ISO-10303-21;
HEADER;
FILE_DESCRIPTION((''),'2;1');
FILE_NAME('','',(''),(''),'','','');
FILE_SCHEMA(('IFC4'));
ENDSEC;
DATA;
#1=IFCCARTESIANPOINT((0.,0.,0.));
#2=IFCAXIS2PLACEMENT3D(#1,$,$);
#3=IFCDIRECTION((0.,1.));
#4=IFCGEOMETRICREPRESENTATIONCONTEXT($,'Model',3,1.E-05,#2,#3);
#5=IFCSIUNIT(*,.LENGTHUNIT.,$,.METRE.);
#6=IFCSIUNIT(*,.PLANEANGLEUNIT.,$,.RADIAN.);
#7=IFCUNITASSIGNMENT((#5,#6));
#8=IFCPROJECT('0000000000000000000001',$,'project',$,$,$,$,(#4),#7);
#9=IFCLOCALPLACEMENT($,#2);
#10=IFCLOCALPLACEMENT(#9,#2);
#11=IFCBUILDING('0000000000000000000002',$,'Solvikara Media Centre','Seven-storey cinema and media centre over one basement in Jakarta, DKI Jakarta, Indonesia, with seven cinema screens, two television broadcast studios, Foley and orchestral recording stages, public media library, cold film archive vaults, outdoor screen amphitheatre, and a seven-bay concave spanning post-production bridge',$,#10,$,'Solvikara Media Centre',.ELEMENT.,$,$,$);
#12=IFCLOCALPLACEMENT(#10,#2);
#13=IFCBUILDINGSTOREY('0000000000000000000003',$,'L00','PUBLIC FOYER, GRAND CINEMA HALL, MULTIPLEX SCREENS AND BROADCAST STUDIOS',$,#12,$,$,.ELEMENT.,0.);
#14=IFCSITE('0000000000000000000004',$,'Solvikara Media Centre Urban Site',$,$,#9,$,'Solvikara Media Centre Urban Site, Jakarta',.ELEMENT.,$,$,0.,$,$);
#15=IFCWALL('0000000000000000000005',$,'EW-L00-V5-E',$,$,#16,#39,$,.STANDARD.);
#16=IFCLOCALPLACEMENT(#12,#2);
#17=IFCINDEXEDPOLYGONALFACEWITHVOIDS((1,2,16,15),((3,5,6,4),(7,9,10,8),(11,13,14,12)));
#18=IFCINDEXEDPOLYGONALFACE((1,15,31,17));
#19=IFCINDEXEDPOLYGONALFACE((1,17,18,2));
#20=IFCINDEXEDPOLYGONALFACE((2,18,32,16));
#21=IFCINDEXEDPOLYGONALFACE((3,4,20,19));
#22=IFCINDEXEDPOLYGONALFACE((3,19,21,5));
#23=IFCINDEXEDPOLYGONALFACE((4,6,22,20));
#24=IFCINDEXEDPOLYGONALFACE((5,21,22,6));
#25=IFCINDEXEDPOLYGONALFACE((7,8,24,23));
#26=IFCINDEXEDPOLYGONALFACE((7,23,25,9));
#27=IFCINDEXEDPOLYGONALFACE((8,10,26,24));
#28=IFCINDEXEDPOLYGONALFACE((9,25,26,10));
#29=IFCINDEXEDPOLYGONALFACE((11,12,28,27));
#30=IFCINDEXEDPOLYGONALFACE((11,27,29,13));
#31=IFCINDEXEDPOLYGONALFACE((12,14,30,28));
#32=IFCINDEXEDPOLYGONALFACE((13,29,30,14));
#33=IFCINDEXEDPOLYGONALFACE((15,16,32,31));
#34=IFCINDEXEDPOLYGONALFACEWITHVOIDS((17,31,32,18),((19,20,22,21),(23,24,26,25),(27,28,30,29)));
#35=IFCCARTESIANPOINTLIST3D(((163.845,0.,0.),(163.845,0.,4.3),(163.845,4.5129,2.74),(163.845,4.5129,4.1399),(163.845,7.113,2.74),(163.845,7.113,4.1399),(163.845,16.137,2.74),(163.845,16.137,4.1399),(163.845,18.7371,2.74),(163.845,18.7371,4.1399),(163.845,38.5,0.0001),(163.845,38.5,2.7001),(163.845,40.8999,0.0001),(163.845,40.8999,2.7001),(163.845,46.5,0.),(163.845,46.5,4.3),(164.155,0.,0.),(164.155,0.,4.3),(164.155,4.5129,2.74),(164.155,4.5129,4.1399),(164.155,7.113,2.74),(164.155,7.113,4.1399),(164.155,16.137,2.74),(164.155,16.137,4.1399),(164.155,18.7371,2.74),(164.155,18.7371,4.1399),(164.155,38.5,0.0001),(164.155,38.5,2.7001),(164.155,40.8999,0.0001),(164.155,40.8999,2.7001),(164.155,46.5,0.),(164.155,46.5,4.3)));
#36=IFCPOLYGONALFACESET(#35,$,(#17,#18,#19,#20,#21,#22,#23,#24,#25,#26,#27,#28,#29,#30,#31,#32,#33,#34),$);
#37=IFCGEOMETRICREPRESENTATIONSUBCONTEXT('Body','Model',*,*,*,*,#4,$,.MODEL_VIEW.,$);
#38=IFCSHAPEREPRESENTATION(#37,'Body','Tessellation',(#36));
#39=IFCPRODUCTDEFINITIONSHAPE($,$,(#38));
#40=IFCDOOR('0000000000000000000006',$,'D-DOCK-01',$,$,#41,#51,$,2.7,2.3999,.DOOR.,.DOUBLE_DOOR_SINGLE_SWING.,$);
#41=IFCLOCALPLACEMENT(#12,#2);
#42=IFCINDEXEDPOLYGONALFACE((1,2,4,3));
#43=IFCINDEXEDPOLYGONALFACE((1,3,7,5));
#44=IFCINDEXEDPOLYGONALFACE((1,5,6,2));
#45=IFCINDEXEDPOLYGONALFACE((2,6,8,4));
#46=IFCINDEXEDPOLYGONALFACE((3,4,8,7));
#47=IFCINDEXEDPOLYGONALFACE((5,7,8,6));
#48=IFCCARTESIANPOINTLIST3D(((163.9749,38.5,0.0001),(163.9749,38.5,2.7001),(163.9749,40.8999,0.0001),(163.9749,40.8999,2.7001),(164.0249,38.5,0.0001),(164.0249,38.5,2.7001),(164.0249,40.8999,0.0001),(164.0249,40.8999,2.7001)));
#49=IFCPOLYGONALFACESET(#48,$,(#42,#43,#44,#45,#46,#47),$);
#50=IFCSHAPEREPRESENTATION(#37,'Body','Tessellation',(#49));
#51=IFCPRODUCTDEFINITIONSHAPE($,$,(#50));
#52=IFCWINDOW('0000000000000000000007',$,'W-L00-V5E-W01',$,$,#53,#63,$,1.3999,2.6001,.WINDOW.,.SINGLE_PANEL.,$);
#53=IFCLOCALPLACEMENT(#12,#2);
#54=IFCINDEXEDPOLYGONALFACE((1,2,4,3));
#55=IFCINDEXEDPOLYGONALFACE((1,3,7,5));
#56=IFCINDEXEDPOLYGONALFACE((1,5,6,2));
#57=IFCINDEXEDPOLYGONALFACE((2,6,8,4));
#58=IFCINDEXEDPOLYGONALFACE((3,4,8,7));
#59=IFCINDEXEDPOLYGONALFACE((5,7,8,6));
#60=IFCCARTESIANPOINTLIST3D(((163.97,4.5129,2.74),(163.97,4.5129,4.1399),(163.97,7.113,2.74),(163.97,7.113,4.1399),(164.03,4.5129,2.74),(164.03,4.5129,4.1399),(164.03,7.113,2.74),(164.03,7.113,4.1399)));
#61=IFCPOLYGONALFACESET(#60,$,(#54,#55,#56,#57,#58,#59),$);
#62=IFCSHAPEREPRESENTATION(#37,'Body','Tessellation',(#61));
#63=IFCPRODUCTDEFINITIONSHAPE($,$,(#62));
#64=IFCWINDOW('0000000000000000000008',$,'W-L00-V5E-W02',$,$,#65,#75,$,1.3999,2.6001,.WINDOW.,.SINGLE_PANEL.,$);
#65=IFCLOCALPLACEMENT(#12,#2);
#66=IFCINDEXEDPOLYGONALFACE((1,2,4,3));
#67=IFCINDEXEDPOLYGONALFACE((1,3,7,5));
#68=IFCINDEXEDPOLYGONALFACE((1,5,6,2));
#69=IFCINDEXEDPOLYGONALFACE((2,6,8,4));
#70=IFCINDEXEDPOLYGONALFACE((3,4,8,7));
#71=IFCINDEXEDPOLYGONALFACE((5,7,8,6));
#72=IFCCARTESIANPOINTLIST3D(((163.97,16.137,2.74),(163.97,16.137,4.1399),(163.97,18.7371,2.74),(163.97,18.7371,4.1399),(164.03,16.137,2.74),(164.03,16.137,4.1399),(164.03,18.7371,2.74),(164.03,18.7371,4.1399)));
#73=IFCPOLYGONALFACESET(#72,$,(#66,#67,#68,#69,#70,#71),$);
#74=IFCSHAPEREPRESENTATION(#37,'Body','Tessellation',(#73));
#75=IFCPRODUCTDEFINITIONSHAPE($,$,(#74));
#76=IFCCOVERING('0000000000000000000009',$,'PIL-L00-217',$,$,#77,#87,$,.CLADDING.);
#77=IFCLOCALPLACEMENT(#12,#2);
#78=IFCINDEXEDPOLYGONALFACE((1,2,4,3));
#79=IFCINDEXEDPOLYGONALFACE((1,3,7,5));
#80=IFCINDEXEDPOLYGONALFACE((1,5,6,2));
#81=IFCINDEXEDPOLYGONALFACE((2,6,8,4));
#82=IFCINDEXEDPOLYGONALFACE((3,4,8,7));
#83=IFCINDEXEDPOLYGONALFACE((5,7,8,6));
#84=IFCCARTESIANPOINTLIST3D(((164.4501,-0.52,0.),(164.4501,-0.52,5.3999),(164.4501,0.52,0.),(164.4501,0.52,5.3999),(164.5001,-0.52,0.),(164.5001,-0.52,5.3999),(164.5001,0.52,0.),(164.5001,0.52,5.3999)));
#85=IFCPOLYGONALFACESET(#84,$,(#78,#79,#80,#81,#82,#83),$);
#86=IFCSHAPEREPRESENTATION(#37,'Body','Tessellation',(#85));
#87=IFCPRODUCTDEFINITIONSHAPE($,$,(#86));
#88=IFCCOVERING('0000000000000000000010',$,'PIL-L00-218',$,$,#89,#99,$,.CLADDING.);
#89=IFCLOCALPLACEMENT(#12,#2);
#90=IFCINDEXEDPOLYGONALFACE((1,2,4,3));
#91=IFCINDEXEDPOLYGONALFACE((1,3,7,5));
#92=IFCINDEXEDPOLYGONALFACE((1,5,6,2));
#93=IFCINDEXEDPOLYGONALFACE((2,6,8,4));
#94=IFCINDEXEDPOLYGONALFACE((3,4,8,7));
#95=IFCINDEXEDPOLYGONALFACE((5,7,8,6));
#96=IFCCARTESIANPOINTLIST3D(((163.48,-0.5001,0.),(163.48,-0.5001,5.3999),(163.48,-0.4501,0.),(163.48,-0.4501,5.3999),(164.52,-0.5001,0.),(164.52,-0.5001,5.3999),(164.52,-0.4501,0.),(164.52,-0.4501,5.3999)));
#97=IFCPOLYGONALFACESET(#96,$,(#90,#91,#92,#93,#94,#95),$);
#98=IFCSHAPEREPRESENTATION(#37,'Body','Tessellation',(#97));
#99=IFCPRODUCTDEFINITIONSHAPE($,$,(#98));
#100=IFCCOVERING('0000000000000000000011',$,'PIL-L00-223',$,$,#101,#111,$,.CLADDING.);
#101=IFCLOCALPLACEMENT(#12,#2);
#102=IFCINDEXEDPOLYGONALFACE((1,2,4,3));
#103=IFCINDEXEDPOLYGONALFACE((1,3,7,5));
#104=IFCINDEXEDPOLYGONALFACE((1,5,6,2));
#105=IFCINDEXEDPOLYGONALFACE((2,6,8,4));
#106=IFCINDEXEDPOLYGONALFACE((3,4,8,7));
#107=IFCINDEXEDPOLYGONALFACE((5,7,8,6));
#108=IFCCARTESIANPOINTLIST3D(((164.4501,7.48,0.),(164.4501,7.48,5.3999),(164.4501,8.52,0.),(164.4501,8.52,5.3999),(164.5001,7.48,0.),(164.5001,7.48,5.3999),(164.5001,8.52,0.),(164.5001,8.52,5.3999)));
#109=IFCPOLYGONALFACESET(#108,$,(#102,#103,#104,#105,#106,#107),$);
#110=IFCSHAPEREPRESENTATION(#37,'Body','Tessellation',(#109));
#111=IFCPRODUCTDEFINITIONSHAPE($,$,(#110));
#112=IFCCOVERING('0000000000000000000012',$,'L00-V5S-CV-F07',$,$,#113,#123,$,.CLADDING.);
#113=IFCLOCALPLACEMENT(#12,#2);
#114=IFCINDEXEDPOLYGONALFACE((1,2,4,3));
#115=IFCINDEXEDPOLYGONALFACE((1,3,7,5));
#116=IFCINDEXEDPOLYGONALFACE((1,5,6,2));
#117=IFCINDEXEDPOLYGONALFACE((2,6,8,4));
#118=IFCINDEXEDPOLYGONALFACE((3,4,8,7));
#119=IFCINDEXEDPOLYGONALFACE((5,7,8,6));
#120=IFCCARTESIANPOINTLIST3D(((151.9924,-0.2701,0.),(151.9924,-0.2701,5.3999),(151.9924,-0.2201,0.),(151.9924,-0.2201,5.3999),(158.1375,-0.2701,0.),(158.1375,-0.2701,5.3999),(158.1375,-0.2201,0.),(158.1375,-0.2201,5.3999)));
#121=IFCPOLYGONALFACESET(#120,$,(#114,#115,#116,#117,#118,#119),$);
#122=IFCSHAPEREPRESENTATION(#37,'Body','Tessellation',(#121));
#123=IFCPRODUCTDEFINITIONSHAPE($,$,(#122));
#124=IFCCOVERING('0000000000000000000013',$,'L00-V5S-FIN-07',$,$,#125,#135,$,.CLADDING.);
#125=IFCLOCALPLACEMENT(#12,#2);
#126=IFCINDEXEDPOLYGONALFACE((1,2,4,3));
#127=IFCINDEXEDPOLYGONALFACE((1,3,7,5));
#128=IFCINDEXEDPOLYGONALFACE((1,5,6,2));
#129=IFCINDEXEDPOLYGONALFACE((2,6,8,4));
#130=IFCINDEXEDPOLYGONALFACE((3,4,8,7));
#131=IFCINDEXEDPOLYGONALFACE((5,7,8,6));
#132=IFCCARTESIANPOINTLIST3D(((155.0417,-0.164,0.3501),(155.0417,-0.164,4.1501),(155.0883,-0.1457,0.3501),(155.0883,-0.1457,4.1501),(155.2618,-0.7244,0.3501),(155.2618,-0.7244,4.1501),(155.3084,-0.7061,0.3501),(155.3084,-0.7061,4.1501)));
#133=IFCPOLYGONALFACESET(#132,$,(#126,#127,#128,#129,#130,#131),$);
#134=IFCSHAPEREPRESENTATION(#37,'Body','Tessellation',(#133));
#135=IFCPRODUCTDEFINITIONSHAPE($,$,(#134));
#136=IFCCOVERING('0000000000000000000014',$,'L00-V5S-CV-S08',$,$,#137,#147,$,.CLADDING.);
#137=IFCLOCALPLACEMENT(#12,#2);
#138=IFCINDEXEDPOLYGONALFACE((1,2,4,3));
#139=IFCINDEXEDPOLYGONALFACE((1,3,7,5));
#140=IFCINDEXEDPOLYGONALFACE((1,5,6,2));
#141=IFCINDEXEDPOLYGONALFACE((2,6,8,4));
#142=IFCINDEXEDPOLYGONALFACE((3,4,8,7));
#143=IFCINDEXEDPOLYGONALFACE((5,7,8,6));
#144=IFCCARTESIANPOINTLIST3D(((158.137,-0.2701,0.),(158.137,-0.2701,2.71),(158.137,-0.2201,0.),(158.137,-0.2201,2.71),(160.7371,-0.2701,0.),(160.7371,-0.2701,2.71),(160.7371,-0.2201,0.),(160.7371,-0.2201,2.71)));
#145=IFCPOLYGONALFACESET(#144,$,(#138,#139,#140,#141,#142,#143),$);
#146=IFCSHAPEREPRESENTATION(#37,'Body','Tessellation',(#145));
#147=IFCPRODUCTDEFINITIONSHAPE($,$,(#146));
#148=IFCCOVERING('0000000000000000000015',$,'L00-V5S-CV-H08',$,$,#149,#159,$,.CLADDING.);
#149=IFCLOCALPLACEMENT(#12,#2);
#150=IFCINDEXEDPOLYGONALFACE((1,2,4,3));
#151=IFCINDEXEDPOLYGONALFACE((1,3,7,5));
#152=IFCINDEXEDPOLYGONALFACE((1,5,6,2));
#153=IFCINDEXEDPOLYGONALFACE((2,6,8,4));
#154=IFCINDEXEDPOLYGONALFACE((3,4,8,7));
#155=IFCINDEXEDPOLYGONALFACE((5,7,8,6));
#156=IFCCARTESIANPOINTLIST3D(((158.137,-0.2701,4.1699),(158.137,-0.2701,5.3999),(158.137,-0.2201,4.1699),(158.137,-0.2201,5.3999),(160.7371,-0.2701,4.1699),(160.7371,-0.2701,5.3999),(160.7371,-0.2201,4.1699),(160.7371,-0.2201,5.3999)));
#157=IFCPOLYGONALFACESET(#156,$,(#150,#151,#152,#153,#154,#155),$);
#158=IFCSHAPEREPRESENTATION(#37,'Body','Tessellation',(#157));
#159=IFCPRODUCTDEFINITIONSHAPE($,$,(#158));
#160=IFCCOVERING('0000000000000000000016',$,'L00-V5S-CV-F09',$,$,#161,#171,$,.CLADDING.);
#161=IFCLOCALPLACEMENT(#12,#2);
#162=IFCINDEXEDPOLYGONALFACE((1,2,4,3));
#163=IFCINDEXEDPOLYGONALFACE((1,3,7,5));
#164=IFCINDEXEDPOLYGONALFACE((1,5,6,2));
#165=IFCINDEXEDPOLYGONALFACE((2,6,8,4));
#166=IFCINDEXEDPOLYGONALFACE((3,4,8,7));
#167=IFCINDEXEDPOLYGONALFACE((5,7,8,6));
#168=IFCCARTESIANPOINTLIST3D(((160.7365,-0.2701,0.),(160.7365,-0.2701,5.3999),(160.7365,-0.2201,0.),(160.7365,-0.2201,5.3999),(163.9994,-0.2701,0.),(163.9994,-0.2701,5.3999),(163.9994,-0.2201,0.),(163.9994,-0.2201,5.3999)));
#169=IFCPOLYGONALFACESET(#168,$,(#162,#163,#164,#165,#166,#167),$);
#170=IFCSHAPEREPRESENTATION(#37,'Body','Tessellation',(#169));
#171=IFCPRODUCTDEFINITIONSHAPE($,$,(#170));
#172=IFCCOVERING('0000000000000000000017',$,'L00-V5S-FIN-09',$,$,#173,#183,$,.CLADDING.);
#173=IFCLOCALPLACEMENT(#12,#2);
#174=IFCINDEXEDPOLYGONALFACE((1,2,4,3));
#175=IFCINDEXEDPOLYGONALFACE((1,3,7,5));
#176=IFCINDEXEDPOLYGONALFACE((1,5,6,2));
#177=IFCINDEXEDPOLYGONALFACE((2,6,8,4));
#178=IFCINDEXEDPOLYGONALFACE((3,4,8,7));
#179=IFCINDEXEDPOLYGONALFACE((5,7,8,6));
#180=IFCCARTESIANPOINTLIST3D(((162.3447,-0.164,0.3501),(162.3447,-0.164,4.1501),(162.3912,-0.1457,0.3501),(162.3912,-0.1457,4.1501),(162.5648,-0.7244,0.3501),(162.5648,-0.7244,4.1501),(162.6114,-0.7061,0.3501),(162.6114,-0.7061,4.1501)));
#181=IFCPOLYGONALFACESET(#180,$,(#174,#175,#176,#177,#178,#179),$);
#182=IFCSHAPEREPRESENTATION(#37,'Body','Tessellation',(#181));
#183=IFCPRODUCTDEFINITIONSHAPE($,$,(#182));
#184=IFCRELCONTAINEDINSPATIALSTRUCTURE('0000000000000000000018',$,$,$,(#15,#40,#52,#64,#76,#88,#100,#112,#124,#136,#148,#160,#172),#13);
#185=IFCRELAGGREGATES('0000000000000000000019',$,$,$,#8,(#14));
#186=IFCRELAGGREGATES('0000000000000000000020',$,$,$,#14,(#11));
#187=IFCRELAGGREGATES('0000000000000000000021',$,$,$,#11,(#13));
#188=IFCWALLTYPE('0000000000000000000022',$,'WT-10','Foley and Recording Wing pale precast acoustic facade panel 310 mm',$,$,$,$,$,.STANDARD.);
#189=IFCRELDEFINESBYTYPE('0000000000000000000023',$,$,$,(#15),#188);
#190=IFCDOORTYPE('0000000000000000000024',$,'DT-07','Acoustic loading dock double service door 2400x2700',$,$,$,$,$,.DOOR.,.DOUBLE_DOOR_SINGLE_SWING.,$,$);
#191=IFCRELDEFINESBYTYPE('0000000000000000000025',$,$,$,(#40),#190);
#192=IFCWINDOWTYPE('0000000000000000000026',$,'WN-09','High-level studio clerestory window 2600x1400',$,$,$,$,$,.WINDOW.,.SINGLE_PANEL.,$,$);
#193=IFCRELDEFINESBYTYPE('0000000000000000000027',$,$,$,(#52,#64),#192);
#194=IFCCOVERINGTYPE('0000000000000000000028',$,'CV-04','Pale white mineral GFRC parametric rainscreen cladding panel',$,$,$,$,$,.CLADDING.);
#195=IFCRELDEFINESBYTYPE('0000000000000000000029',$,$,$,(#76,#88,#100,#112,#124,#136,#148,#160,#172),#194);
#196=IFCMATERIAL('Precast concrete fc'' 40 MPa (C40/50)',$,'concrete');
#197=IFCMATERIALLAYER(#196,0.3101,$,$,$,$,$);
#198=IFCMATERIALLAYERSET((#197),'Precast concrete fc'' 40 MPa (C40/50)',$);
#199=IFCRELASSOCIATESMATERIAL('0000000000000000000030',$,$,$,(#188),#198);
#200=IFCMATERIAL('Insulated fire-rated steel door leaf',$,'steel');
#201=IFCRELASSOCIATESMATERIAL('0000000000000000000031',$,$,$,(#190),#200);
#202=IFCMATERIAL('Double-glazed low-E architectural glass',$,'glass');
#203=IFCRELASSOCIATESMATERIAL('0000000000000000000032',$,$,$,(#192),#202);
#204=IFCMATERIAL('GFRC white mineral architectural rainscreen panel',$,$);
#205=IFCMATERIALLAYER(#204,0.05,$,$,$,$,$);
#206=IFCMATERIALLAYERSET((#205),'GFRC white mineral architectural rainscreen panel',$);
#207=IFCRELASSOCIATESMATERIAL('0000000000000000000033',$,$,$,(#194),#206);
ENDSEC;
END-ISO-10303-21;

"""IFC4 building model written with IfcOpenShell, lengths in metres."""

from ifc_helpers import new_model, si_unit, direction, frame, frame_2d, origin, origin_2d, place, context, subcontext, project, spatial, rectangle, extrude, material, layer, layer_set, type_object, element, fill, save


model = new_model("IFC4")

# Units and contexts
model_context = context("Model", 3, precision=1e-05, world=origin(), true_north=direction((0.0, 1.0)))
body_context = subcontext(model_context, "Body", "Model", "MODEL_VIEW")
ifc_project = project(units=[si_unit("LENGTHUNIT", "METRE"), si_unit("PLANEANGLEUNIT", "RADIAN")], contexts=[model_context])

# Site, building, storey
site_placement = place(None, origin())
site = spatial("IfcSite", under=ifc_project, at=site_placement, Name="Solvikara Media Centre Urban Site", LongName="Solvikara Media Centre Urban Site, Jakarta", CompositionType="ELEMENT", RefElevation=0.0)
building_placement = place(site_placement, origin())
building = spatial("IfcBuilding", under=site, at=building_placement, Name="Solvikara Media Centre", Description="Seven-storey cinema and media centre over one basement in Jakarta, DKI Jakarta, Indonesia, with seven cinema screens, two television broadcast studios, Foley and orchestral recording stages, public media library, cold film archive vaults, outdoor screen amphitheatre, and a seven-bay concave spanning post-production bridge", LongName="Solvikara Media Centre", CompositionType="ELEMENT")
storey_placement = place(building_placement, origin())
storey = spatial("IfcBuildingStorey", under=building, at=storey_placement, Name="L00", Description="PUBLIC FOYER, GRAND CINEMA HALL, MULTIPLEX SCREENS AND BROADCAST STUDIOS", CompositionType="ELEMENT", Elevation=0.0)

# Wall, openings, door, windows
ifc_material_1 = material(Name="Precast concrete fc' 40 MPa (C40/50)", Category="concrete")
ifc_layer_1 = layer(ifc_material_1, 0.3101)
ifc_layer_set_1 = layer_set([ifc_layer_1], Name="Precast concrete fc' 40 MPa (C40/50)")
wall_type = type_object("IfcWallType", Name="WT-10", Description="Foley and Recording Wing pale precast acoustic facade panel 310 mm", PredefinedType="STANDARD", material=ifc_layer_set_1)
wall_placement = place(storey_placement, frame((164.0, 0.0, 0.0), z_axis=(0.0, 0.0, 1.0), x_axis=(0.0, 1.0, 0.0)))
wall = element("IfcWall", 1, at=wall_placement, inside=storey, type_object=wall_type, Name="EW-L00-V5-E", PredefinedType="STANDARD", context=body_context, shape_type="SweptSolid", body=[
    extrude(rectangle(XDim=46.5, YDim=0.3101, at=frame_2d((23.25, 0.0))), origin(), (0.0, 0.0, 1.0), 4.3),
])
opening_1_placement = place(wall_placement, frame((38.5, 0.0, 0.0)))
opening_1 = element("IfcOpeningElement", 2, at=opening_1_placement, cuts=wall, PredefinedType="OPENING", context=body_context, shape_type="SweptSolid", body=[
    extrude(rectangle(XDim=2.3999, YDim=2.7, at=frame_2d((1.2, 1.3501))), frame((0.0, 0.167, 0.0), z_axis=(0.0, -1.0, 0.0), x_axis=(1.0, 0.0, 0.0)), (0.0, 0.0, 1.0), 0.334),
])
opening_2_placement = place(wall_placement, frame((4.5129, 0.0, 2.74)))
opening_2 = element("IfcOpeningElement", 3, at=opening_2_placement, cuts=wall, PredefinedType="OPENING", context=body_context, shape_type="SweptSolid", body=[
    extrude(rectangle(XDim=2.6001, YDim=1.3999, at=frame_2d((1.3, 0.7))), frame((0.0, 0.167, 0.0), z_axis=(0.0, -1.0, 0.0), x_axis=(1.0, 0.0, 0.0)), (0.0, 0.0, 1.0), 0.334),
])
opening_3_placement = place(wall_placement, frame((16.137, 0.0, 2.74)))
opening_3 = element("IfcOpeningElement", 4, at=opening_3_placement, cuts=wall, PredefinedType="OPENING", context=body_context, shape_type="SweptSolid", body=[
    extrude(rectangle(XDim=2.6001, YDim=1.3999, at=frame_2d((1.3, 0.7))), frame((0.0, 0.167, 0.0), z_axis=(0.0, -1.0, 0.0), x_axis=(1.0, 0.0, 0.0)), (0.0, 0.0, 1.0), 0.334),
])
ifc_material_2 = material(Name="Insulated fire-rated steel door leaf", Category="steel")
door_type = type_object("IfcDoorType", Name="DT-07", Description="Acoustic loading dock double service door 2400x2700", OperationType="DOUBLE_DOOR_SINGLE_SWING", PredefinedType="DOOR", material=ifc_material_2)
door_placement = place(opening_1_placement, frame((2.3999, 0.0, 0.0), z_axis=(0.0, 0.0, 1.0), x_axis=(-1.0, 0.0, 0.0)))
door = element("IfcDoor", 5, at=door_placement, inside=storey, type_object=door_type, Name="D-DOCK-01", OperationType="DOUBLE_DOOR_SINGLE_SWING", OverallHeight=2.7, OverallWidth=2.3999, PredefinedType="DOOR", context=body_context, shape_type="SweptSolid", body=[
    extrude(rectangle(XDim=2.3999, YDim=2.7, at=frame_2d((1.2, 1.3501))), frame((0.0, 0.0249, 0.0), z_axis=(0.0, -1.0, 0.0), x_axis=(1.0, 0.0, 0.0)), (0.0, 0.0, 1.0), 0.05),
])
fill(opening_1, door)
ifc_material_3 = material(Name="Double-glazed low-E architectural glass", Category="glass")
window_type = type_object("IfcWindowType", Name="WN-09", Description="High-level studio clerestory window 2600x1400", PartitioningType="SINGLE_PANEL", PredefinedType="WINDOW", material=ifc_material_3)
window_1_placement = place(opening_2_placement, origin())
window_1 = element("IfcWindow", 6, at=window_1_placement, inside=storey, type_object=window_type, Name="W-L00-V5E-W01", OverallHeight=1.3999, OverallWidth=2.6001, PartitioningType="SINGLE_PANEL", PredefinedType="WINDOW", context=body_context, shape_type="SweptSolid", body=[
    extrude(rectangle(XDim=2.6001, YDim=1.3999, at=frame_2d((1.3, 0.7))), frame((0.0, 0.03, 0.0), z_axis=(0.0, -1.0, 0.0), x_axis=(1.0, 0.0, 0.0)), (0.0, 0.0, 1.0), 0.0601),
])
fill(opening_2, window_1)
window_2_placement = place(opening_3_placement, origin())
window_2 = element("IfcWindow", 7, at=window_2_placement, inside=storey, type_object=window_type, Name="W-L00-V5E-W02", OverallHeight=1.3999, OverallWidth=2.6001, PartitioningType="SINGLE_PANEL", PredefinedType="WINDOW", context=body_context, shape_type="SweptSolid", body=[
    extrude(rectangle(XDim=2.6001, YDim=1.3999, at=frame_2d((1.3, 0.7))), frame((0.0, 0.03, 0.0), z_axis=(0.0, -1.0, 0.0), x_axis=(1.0, 0.0, 0.0)), (0.0, 0.0, 1.0), 0.0601),
])
fill(opening_3, window_2)

# Coverings
ifc_material_4 = material(Name="GFRC white mineral architectural rainscreen panel")
ifc_layer_2 = layer(ifc_material_4, 0.05)
ifc_layer_set_2 = layer_set([ifc_layer_2], Name="GFRC white mineral architectural rainscreen panel")
covering_type = type_object("IfcCoveringType", Name="CV-04", Description="Pale white mineral GFRC parametric rainscreen cladding panel", PredefinedType="CLADDING", material=ifc_layer_set_2)
for number, where, z_axis, x_axis, name in (
    (8, (164.4751, 0.0, 0.0), (0.0, 0.0, 1.0), (0.0, 1.0, 0.0), "PIL-L00-217"),
    (9, (164.0, -0.4751, 0.0), (0.0, 0.0, 1.0), (1.0, 0.0, 0.0), "PIL-L00-218"),
    (10, (164.4751, 8.0, 0.0), (0.0, 0.0, 1.0), (0.0, 1.0, 0.0), "PIL-L00-223"),
):
    element("IfcCovering", number, at=place(storey_placement, frame(where, z_axis=z_axis, x_axis=x_axis)), inside=storey, type_object=covering_type, Name=name, PredefinedType="CLADDING", context=body_context, shape_type="SweptSolid", body=[
        extrude(rectangle(XDim=1.04, YDim=0.05, at=origin_2d()), origin(), (0.0, 0.0, 1.0), 5.3999),
    ])
covering_1_placement = place(storey_placement, frame((155.0649, -0.2451, 0.0), z_axis=(0.0, 0.0, 1.0), x_axis=(1.0, 0.0, 0.0)))
element("IfcCovering", 11, at=covering_1_placement, inside=storey, type_object=covering_type, Name="L00-V5S-CV-F07", PredefinedType="CLADDING", context=body_context, shape_type="SweptSolid", body=[
    extrude(rectangle(XDim=6.145, YDim=0.05, at=origin_2d()), origin(), (0.0, 0.0, 1.0), 5.3999),
])
covering_2_placement = place(storey_placement, frame((155.175, -0.4351, 0.3501), z_axis=(0.0, 0.0, 1.0), x_axis=(0.365657, -0.93075, 0.0)))
element("IfcCovering", 12, at=covering_2_placement, inside=storey, type_object=covering_type, Name="L00-V5S-FIN-07", PredefinedType="CLADDING", context=body_context, shape_type="SweptSolid", body=[
    extrude(rectangle(XDim=0.6021, YDim=0.05, at=origin_2d()), origin(), (0.0, 0.0, 1.0), 3.8),
])
covering_3_placement = place(storey_placement, frame((159.437, -0.2451, 0.0), z_axis=(0.0, 0.0, 1.0), x_axis=(1.0, 0.0, 0.0)))
element("IfcCovering", 13, at=covering_3_placement, inside=storey, type_object=covering_type, Name="L00-V5S-CV-S08", PredefinedType="CLADDING", context=body_context, shape_type="SweptSolid", body=[
    extrude(rectangle(XDim=2.6001, YDim=0.05, at=origin_2d()), origin(), (0.0, 0.0, 1.0), 2.71),
])
covering_4_placement = place(storey_placement, frame((159.437, -0.2451, 4.1699), z_axis=(0.0, 0.0, 1.0), x_axis=(1.0, 0.0, 0.0)))
element("IfcCovering", 14, at=covering_4_placement, inside=storey, type_object=covering_type, Name="L00-V5S-CV-H08", PredefinedType="CLADDING", context=body_context, shape_type="SweptSolid", body=[
    extrude(rectangle(XDim=2.6001, YDim=0.05, at=origin_2d()), origin(), (0.0, 0.0, 1.0), 1.23),
])
covering_5_placement = place(storey_placement, frame((162.3679, -0.2451, 0.0), z_axis=(0.0, 0.0, 1.0), x_axis=(1.0, 0.0, 0.0)))
element("IfcCovering", 15, at=covering_5_placement, inside=storey, type_object=covering_type, Name="L00-V5S-CV-F09", PredefinedType="CLADDING", context=body_context, shape_type="SweptSolid", body=[
    extrude(rectangle(XDim=3.2629, YDim=0.05, at=origin_2d()), origin(), (0.0, 0.0, 1.0), 5.3999),
])
covering_6_placement = place(storey_placement, frame((162.478, -0.4351, 0.3501), z_axis=(0.0, 0.0, 1.0), x_axis=(0.365657, -0.93075, 0.0)))
element("IfcCovering", 16, at=covering_6_placement, inside=storey, type_object=covering_type, Name="L00-V5S-FIN-09", PredefinedType="CLADDING", context=body_context, shape_type="SweptSolid", body=[
    extrude(rectangle(XDim=0.6021, YDim=0.05, at=origin_2d()), origin(), (0.0, 0.0, 1.0), 3.8),
])

save(model, "model.ifc")
